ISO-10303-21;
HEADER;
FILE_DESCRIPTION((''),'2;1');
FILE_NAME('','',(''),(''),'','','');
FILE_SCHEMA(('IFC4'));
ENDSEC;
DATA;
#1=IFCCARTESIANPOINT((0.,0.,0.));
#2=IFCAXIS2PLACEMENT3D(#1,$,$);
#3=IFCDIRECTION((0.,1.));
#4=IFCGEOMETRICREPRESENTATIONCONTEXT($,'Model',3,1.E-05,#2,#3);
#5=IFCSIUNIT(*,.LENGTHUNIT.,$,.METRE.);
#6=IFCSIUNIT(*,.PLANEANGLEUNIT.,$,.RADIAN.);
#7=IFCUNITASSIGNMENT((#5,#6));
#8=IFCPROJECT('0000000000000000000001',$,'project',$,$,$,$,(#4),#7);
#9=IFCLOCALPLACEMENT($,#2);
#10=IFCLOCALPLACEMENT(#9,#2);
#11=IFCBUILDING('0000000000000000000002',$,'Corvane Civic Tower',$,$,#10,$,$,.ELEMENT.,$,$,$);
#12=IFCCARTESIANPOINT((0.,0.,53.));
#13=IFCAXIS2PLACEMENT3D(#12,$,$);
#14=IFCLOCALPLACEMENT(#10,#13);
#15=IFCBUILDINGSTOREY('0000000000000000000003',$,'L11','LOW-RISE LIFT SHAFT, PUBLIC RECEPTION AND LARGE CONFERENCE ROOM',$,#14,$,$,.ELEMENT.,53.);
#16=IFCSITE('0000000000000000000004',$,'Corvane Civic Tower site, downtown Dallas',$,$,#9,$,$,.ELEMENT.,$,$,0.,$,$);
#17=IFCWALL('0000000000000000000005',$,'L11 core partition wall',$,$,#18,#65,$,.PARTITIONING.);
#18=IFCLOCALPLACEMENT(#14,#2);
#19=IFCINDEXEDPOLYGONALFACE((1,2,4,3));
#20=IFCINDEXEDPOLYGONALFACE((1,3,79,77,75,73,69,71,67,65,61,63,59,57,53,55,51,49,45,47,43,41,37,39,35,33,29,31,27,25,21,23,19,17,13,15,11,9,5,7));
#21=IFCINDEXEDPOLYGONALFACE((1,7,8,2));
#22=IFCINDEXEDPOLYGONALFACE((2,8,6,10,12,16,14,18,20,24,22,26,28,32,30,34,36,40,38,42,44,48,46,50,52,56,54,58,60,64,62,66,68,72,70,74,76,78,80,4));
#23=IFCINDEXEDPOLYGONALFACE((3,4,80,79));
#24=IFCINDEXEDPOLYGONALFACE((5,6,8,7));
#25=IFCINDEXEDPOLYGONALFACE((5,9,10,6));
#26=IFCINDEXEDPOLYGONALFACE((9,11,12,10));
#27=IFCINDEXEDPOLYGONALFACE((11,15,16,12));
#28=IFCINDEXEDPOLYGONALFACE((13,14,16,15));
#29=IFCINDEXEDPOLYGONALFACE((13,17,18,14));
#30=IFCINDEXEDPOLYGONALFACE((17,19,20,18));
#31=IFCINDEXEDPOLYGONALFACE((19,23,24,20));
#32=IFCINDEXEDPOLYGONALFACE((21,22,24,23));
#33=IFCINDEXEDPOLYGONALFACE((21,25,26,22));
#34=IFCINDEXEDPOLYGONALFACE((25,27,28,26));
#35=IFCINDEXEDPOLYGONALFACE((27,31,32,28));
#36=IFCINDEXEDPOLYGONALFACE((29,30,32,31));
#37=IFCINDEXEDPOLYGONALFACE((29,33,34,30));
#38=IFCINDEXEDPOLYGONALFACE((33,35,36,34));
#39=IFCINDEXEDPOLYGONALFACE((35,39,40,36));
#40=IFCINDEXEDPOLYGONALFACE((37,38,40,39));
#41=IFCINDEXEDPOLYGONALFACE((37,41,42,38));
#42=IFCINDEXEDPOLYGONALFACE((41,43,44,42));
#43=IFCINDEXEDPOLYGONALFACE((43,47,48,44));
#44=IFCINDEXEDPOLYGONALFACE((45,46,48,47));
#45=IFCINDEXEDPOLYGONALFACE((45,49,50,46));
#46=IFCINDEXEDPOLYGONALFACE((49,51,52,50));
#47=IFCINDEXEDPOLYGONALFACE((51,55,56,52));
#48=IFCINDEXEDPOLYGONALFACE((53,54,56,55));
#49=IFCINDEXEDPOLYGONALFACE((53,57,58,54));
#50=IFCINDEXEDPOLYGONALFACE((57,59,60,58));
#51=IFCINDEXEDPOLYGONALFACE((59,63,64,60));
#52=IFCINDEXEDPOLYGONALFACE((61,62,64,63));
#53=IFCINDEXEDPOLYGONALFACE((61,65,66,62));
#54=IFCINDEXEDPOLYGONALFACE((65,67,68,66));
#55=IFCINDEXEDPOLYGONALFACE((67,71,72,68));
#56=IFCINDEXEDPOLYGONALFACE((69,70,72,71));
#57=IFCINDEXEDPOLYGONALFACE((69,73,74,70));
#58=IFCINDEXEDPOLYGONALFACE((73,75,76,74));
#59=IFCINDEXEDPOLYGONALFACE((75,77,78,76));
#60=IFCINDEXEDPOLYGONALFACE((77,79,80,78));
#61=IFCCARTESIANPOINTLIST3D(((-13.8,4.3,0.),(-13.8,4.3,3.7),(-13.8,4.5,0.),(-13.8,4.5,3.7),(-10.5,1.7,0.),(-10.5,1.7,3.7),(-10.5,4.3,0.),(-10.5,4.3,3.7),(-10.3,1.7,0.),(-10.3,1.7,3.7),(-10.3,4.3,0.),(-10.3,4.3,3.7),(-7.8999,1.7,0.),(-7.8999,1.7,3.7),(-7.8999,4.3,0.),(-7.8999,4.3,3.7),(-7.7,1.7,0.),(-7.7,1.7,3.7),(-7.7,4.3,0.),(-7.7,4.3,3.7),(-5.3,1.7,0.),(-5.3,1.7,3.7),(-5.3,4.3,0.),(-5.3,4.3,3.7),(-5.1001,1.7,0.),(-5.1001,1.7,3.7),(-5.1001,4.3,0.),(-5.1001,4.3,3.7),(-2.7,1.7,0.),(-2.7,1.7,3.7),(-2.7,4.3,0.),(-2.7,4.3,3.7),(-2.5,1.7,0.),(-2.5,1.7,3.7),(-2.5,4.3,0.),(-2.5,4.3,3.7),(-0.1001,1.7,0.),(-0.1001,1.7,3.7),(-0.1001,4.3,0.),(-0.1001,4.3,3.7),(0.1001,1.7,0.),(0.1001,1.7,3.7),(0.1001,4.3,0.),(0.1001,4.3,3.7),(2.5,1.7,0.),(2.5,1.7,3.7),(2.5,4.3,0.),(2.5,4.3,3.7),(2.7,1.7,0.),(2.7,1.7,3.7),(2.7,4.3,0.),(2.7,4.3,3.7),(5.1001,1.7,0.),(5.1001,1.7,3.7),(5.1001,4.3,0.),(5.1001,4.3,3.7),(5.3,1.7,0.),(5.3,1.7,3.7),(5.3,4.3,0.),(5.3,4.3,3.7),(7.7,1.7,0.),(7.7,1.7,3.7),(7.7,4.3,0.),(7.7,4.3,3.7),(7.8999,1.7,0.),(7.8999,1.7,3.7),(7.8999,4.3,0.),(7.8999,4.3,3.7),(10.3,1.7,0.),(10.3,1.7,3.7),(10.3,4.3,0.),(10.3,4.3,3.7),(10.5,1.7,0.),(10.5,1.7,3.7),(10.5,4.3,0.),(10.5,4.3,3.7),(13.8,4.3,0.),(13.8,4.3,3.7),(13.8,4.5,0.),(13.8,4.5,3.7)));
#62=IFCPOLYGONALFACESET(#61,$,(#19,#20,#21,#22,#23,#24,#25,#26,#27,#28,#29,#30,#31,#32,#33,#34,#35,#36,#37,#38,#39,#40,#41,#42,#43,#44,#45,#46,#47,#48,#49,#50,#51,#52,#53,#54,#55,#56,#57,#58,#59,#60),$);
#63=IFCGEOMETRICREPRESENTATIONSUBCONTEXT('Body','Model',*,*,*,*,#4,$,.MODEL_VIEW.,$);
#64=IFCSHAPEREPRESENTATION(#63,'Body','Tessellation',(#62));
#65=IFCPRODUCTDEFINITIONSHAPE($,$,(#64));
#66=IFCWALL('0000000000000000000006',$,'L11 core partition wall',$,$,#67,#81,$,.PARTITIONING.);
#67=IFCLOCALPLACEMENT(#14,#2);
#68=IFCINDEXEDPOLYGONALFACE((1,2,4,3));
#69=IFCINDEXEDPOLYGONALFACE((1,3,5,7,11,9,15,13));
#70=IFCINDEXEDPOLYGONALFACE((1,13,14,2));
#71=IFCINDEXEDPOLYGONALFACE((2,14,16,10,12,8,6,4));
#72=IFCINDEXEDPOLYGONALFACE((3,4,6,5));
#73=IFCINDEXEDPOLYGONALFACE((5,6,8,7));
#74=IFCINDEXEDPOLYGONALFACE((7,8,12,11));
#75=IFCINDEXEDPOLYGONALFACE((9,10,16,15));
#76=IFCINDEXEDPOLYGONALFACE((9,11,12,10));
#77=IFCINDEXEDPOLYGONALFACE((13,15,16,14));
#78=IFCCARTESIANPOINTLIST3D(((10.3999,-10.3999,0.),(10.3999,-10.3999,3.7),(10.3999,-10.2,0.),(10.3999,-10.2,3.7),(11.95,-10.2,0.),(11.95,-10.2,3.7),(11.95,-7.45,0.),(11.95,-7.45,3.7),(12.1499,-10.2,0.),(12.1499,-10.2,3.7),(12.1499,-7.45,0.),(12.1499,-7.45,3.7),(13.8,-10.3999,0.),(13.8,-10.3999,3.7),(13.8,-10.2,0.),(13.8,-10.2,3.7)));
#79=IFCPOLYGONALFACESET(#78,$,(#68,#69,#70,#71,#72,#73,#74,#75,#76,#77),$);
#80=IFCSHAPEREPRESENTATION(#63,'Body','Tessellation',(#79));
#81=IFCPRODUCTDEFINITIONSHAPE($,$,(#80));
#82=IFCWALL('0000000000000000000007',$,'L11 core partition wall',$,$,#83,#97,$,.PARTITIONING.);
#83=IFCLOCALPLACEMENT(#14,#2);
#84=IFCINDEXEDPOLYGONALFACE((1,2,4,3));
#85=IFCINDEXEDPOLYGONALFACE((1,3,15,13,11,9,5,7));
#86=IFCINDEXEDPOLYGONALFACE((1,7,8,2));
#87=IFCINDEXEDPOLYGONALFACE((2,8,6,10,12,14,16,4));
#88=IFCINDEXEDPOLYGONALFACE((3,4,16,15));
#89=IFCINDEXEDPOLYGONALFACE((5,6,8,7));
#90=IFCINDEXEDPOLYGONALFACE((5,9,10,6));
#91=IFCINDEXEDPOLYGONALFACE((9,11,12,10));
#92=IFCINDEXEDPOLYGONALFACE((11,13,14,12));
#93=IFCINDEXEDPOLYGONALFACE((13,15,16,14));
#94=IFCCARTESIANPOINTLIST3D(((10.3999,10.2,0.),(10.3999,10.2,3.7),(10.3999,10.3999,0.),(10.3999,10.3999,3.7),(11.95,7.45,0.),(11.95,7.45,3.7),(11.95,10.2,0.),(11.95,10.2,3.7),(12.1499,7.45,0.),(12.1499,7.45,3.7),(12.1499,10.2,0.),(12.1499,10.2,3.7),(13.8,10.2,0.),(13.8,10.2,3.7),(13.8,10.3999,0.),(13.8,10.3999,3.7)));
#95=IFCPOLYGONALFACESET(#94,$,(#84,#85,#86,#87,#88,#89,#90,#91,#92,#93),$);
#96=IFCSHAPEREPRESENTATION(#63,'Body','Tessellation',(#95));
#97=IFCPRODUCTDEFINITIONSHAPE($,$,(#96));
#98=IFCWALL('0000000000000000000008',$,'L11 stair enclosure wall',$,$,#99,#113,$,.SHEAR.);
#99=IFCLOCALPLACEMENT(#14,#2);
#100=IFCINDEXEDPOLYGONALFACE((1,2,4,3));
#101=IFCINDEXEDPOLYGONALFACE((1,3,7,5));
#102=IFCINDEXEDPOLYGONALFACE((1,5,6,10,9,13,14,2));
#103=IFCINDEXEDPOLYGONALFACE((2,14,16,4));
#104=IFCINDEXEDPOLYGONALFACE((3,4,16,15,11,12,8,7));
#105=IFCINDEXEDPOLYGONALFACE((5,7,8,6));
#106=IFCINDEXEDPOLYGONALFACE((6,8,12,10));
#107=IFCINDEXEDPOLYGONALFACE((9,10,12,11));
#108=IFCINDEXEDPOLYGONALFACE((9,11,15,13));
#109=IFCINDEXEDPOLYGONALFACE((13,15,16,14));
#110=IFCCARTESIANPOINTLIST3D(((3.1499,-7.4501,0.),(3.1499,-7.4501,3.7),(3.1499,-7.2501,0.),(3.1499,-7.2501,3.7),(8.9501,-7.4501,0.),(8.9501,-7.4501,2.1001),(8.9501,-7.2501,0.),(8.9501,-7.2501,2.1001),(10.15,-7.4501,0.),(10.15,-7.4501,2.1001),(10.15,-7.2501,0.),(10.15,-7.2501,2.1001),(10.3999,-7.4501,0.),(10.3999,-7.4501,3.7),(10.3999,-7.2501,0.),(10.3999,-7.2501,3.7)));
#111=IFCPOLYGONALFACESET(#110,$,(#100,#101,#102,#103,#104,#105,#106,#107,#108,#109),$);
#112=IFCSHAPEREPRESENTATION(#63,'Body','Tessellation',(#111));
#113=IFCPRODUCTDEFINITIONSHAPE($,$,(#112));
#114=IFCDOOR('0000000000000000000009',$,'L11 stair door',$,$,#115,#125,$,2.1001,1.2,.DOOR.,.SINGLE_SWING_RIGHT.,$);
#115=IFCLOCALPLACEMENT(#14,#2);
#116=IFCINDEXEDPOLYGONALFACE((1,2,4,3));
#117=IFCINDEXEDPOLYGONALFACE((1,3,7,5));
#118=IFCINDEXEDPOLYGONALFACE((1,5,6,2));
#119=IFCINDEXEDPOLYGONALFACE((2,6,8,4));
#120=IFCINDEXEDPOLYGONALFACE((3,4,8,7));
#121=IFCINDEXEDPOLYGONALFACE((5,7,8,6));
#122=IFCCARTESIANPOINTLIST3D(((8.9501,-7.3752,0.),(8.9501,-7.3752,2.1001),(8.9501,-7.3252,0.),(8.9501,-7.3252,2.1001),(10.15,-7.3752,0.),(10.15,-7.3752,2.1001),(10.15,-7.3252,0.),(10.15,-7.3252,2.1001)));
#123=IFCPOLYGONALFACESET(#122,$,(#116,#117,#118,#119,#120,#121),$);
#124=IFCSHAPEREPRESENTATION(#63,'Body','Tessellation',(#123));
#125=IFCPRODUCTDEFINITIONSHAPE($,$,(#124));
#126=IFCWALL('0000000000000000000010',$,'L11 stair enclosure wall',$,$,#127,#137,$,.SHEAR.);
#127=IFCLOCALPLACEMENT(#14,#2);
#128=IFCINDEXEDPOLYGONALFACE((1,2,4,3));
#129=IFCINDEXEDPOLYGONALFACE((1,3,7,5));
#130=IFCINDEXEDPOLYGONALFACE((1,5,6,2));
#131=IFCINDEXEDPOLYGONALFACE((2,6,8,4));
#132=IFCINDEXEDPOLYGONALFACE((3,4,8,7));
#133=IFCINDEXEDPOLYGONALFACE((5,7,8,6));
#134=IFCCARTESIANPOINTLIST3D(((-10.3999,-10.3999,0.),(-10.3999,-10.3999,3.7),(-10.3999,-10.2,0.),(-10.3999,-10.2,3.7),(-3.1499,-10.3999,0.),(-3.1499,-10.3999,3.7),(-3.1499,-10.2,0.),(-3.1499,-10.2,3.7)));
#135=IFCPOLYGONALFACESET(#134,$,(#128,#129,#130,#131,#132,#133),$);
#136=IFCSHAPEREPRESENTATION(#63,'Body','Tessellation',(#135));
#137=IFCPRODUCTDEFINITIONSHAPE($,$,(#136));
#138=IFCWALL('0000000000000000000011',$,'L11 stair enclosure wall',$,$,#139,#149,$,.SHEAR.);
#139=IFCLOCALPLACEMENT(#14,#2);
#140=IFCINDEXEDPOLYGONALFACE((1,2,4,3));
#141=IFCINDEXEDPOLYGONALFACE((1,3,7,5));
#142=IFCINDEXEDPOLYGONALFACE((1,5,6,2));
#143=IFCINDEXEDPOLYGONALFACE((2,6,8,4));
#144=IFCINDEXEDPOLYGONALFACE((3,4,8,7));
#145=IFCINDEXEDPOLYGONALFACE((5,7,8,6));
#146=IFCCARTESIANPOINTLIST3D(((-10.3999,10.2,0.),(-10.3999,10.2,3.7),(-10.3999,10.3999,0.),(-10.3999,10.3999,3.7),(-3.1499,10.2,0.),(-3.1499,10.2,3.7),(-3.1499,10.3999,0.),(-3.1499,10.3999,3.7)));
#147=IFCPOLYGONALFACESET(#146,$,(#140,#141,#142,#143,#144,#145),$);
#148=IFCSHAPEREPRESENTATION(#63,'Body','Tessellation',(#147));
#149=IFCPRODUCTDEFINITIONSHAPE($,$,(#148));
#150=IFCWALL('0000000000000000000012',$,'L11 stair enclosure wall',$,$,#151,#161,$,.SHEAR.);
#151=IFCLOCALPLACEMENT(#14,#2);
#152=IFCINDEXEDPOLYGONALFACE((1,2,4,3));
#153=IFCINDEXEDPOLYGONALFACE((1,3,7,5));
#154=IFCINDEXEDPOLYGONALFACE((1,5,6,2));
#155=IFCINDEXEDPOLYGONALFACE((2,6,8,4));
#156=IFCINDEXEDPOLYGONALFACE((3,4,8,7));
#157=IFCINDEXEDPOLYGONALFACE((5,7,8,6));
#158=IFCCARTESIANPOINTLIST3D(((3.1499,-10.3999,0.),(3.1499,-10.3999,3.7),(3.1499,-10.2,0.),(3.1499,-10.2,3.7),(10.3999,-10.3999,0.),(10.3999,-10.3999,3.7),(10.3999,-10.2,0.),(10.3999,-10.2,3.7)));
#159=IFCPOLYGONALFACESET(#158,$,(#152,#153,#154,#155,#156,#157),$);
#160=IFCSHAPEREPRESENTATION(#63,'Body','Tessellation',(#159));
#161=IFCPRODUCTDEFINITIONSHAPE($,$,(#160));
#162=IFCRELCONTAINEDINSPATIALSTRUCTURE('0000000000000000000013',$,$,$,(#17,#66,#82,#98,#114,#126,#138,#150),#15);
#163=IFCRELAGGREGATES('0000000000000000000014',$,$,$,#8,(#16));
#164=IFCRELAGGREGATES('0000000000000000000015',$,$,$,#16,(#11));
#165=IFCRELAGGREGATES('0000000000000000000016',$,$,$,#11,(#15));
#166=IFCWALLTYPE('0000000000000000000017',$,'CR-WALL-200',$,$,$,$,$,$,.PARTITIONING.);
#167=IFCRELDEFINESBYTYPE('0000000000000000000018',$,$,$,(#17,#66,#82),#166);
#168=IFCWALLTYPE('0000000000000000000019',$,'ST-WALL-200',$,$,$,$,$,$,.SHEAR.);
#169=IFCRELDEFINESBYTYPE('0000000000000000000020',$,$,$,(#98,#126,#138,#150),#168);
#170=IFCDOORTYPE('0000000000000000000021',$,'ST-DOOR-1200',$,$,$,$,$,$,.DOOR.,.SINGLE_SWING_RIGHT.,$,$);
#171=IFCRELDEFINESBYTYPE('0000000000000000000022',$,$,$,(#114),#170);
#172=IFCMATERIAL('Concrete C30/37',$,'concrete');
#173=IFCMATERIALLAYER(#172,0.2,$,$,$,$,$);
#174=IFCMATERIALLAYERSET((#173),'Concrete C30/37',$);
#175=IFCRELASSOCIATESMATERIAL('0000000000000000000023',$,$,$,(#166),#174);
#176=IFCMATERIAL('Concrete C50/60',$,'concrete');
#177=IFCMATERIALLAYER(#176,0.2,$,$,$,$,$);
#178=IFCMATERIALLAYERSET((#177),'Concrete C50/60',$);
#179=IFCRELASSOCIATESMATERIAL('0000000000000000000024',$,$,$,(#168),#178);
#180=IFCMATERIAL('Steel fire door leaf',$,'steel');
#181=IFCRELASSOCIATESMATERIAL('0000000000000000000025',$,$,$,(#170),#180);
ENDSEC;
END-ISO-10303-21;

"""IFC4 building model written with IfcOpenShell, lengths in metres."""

from ifc_helpers import new_model, si_unit, direction, frame, frame_2d, origin, place, context, subcontext, project, spatial, polyline, rectangle, outline, extrude, material, layer, layer_set, type_object, element, fill, save


model = new_model("IFC4")

# Units and contexts
model_context = context("Model", 3, precision=1e-05, world=origin(), true_north=direction((0.0, 1.0)))
body_context = subcontext(model_context, "Body", "Model", "MODEL_VIEW")
ifc_project = project(units=[si_unit("LENGTHUNIT", "METRE"), si_unit("PLANEANGLEUNIT", "RADIAN")], contexts=[model_context])

# Site, building, storey
site_placement = place(None, origin())
site = spatial("IfcSite", under=ifc_project, at=site_placement, Name="Corvane Civic Tower site, downtown Dallas", CompositionType="ELEMENT", RefElevation=0.0)
building_placement = place(site_placement, origin())
building = spatial("IfcBuilding", under=site, at=building_placement, Name="Corvane Civic Tower", CompositionType="ELEMENT")
storey_placement = place(building_placement, frame((0.0, 0.0, 53.0)))
storey = spatial("IfcBuildingStorey", under=building, at=storey_placement, Name="L11", Description="LOW-RISE LIFT SHAFT, PUBLIC RECEPTION AND LARGE CONFERENCE ROOM", CompositionType="ELEMENT", Elevation=53.0)

# Shared definitions
ifc_material_1 = material(Name="Concrete C30/37", Category="concrete")
ifc_layer_1 = layer(ifc_material_1, 0.2)
ifc_layer_set_1 = layer_set([ifc_layer_1], Name="Concrete C30/37")
wall_type_1 = type_object("IfcWallType", Name="CR-WALL-200", PredefinedType="PARTITIONING", material=ifc_layer_set_1)

# Walls
wall_1_placement = place(storey_placement, origin())
element("IfcWall", 1, at=wall_1_placement, inside=storey, type_object=wall_type_1, Name="L11 core partition wall", PredefinedType="PARTITIONING", context=body_context, shape_type="SweptSolid", body=[
    extrude(outline(polyline([(-10.3, 1.7), (-10.5, 1.7), (-10.5, 4.3), (-13.8, 4.3), (-13.8, 4.5), (13.8, 4.5), (13.8, 4.3), (10.5, 4.3), (10.5, 1.7), (10.3, 1.7), (10.3, 4.3), (7.8999, 4.3), (7.8999, 1.7), (7.7, 1.7), (7.7, 4.3), (5.3, 4.3), (5.3, 1.7), (5.1001, 1.7), (5.1001, 4.3), (2.7, 4.3), (2.7, 1.7), (2.5, 1.7), (2.5, 4.3), (0.1001, 4.3), (0.1001, 1.7), (-0.1001, 1.7), (-0.1001, 4.3), (-2.5, 4.3), (-2.5, 1.7), (-2.7, 1.7), (-2.7, 4.3), (-5.1001, 4.3), (-5.1001, 1.7), (-5.3, 1.7), (-5.3, 4.3), (-7.7, 4.3), (-7.7, 1.7), (-7.8999, 1.7), (-7.8999, 4.3), (-10.3, 4.3), (-10.3, 1.7)])), origin(), (0.0, 0.0, 1.0), 3.7),
])
wall_2_placement = place(storey_placement, origin())
element("IfcWall", 2, at=wall_2_placement, inside=storey, type_object=wall_type_1, Name="L11 core partition wall", PredefinedType="PARTITIONING", context=body_context, shape_type="SweptSolid", body=[
    extrude(outline(polyline([(11.95, -7.45), (12.1499, -7.45), (12.1499, -10.2), (13.8, -10.2), (13.8, -10.3999), (10.3999, -10.3999), (10.3999, -10.2), (11.95, -10.2), (11.95, -7.45)])), origin(), (0.0, 0.0, 1.0), 3.7),
])
wall_3_placement = place(storey_placement, origin())
element("IfcWall", 3, at=wall_3_placement, inside=storey, type_object=wall_type_1, Name="L11 core partition wall", PredefinedType="PARTITIONING", context=body_context, shape_type="SweptSolid", body=[
    extrude(outline(polyline([(13.8, 10.3999), (13.8, 10.2), (12.1499, 10.2), (12.1499, 7.45), (11.95, 7.45), (11.95, 10.2), (10.3999, 10.2), (10.3999, 10.3999), (13.8, 10.3999)])), origin(), (0.0, 0.0, 1.0), 3.7),
])

# Wall, opening, door
ifc_material_2 = material(Name="Concrete C50/60", Category="concrete")
ifc_layer_2 = layer(ifc_material_2, 0.2)
ifc_layer_set_2 = layer_set([ifc_layer_2], Name="Concrete C50/60")
wall_type_2 = type_object("IfcWallType", Name="ST-WALL-200", PredefinedType="SHEAR", material=ifc_layer_set_2)
wall_4_placement = place(storey_placement, frame((3.1499, -7.3501, 0.0), z_axis=(0.0, 0.0, 1.0), x_axis=(1.0, 0.0, 0.0)))
wall_4 = element("IfcWall", 4, at=wall_4_placement, inside=storey, type_object=wall_type_2, Name="L11 stair enclosure wall", PredefinedType="SHEAR", context=body_context, shape_type="SweptSolid", body=[
    extrude(rectangle(XDim=7.25, YDim=0.2, at=frame_2d((3.625, 0.0))), origin(), (0.0, 0.0, 1.0), 3.7),
])
opening_1_placement = place(wall_4_placement, frame((5.8, 0.0, 0.0)))
opening_1 = element("IfcOpeningElement", 5, at=opening_1_placement, cuts=wall_4, PredefinedType="OPENING", context=body_context, shape_type="SweptSolid", body=[
    extrude(rectangle(XDim=1.2, YDim=2.1001, at=frame_2d((0.6001, 1.05))), frame((0.0, 0.1099, 0.0), z_axis=(0.0, -1.0, 0.0), x_axis=(1.0, 0.0, 0.0)), (0.0, 0.0, 1.0), 0.22),
])
ifc_material_3 = material(Name="Steel fire door leaf", Category="steel")
door_type_1 = type_object("IfcDoorType", Name="ST-DOOR-1200", OperationType="SINGLE_SWING_RIGHT", PredefinedType="DOOR", material=ifc_material_3)
door_1_placement = place(opening_1_placement, origin())
door_1 = element("IfcDoor", 6, at=door_1_placement, inside=storey, type_object=door_type_1, Name="L11 stair door", OperationType="SINGLE_SWING_RIGHT", OverallHeight=2.1001, OverallWidth=1.2, PredefinedType="DOOR", context=body_context, shape_type="SweptSolid", body=[
    extrude(rectangle(XDim=1.2, YDim=2.1001, at=frame_2d((0.6001, 1.05))), frame((0.0, 0.0249, 0.0), z_axis=(0.0, -1.0, 0.0), x_axis=(1.0, 0.0, 0.0)), (0.0, 0.0, 1.0), 0.05),
])
fill(opening_1, door_1)

# Walls
wall_5_placement = place(storey_placement, origin())
element("IfcWall", 7, at=wall_5_placement, inside=storey, type_object=wall_type_2, Name="L11 stair enclosure wall", PredefinedType="SHEAR", context=body_context, shape_type="SweptSolid", body=[
    extrude(outline(polyline([(-3.1499, -10.2), (-3.1499, -10.3999), (-10.3999, -10.3999), (-10.3999, -10.2), (-3.1499, -10.2)])), origin(), (0.0, 0.0, 1.0), 3.7),
])
wall_6_placement = place(storey_placement, origin())
element("IfcWall", 8, at=wall_6_placement, inside=storey, type_object=wall_type_2, Name="L11 stair enclosure wall", PredefinedType="SHEAR", context=body_context, shape_type="SweptSolid", body=[
    extrude(outline(polyline([(-3.1499, 10.2), (-10.3999, 10.2), (-10.3999, 10.3999), (-3.1499, 10.3999), (-3.1499, 10.2)])), origin(), (0.0, 0.0, 1.0), 3.7),
])
wall_7_placement = place(storey_placement, origin())
element("IfcWall", 9, at=wall_7_placement, inside=storey, type_object=wall_type_2, Name="L11 stair enclosure wall", PredefinedType="SHEAR", context=body_context, shape_type="SweptSolid", body=[
    extrude(outline(polyline([(10.3999, -10.3999), (3.1499, -10.3999), (3.1499, -10.2), (10.3999, -10.2), (10.3999, -10.3999)])), origin(), (0.0, 0.0, 1.0), 3.7),
])

save(model, "model.ifc")
